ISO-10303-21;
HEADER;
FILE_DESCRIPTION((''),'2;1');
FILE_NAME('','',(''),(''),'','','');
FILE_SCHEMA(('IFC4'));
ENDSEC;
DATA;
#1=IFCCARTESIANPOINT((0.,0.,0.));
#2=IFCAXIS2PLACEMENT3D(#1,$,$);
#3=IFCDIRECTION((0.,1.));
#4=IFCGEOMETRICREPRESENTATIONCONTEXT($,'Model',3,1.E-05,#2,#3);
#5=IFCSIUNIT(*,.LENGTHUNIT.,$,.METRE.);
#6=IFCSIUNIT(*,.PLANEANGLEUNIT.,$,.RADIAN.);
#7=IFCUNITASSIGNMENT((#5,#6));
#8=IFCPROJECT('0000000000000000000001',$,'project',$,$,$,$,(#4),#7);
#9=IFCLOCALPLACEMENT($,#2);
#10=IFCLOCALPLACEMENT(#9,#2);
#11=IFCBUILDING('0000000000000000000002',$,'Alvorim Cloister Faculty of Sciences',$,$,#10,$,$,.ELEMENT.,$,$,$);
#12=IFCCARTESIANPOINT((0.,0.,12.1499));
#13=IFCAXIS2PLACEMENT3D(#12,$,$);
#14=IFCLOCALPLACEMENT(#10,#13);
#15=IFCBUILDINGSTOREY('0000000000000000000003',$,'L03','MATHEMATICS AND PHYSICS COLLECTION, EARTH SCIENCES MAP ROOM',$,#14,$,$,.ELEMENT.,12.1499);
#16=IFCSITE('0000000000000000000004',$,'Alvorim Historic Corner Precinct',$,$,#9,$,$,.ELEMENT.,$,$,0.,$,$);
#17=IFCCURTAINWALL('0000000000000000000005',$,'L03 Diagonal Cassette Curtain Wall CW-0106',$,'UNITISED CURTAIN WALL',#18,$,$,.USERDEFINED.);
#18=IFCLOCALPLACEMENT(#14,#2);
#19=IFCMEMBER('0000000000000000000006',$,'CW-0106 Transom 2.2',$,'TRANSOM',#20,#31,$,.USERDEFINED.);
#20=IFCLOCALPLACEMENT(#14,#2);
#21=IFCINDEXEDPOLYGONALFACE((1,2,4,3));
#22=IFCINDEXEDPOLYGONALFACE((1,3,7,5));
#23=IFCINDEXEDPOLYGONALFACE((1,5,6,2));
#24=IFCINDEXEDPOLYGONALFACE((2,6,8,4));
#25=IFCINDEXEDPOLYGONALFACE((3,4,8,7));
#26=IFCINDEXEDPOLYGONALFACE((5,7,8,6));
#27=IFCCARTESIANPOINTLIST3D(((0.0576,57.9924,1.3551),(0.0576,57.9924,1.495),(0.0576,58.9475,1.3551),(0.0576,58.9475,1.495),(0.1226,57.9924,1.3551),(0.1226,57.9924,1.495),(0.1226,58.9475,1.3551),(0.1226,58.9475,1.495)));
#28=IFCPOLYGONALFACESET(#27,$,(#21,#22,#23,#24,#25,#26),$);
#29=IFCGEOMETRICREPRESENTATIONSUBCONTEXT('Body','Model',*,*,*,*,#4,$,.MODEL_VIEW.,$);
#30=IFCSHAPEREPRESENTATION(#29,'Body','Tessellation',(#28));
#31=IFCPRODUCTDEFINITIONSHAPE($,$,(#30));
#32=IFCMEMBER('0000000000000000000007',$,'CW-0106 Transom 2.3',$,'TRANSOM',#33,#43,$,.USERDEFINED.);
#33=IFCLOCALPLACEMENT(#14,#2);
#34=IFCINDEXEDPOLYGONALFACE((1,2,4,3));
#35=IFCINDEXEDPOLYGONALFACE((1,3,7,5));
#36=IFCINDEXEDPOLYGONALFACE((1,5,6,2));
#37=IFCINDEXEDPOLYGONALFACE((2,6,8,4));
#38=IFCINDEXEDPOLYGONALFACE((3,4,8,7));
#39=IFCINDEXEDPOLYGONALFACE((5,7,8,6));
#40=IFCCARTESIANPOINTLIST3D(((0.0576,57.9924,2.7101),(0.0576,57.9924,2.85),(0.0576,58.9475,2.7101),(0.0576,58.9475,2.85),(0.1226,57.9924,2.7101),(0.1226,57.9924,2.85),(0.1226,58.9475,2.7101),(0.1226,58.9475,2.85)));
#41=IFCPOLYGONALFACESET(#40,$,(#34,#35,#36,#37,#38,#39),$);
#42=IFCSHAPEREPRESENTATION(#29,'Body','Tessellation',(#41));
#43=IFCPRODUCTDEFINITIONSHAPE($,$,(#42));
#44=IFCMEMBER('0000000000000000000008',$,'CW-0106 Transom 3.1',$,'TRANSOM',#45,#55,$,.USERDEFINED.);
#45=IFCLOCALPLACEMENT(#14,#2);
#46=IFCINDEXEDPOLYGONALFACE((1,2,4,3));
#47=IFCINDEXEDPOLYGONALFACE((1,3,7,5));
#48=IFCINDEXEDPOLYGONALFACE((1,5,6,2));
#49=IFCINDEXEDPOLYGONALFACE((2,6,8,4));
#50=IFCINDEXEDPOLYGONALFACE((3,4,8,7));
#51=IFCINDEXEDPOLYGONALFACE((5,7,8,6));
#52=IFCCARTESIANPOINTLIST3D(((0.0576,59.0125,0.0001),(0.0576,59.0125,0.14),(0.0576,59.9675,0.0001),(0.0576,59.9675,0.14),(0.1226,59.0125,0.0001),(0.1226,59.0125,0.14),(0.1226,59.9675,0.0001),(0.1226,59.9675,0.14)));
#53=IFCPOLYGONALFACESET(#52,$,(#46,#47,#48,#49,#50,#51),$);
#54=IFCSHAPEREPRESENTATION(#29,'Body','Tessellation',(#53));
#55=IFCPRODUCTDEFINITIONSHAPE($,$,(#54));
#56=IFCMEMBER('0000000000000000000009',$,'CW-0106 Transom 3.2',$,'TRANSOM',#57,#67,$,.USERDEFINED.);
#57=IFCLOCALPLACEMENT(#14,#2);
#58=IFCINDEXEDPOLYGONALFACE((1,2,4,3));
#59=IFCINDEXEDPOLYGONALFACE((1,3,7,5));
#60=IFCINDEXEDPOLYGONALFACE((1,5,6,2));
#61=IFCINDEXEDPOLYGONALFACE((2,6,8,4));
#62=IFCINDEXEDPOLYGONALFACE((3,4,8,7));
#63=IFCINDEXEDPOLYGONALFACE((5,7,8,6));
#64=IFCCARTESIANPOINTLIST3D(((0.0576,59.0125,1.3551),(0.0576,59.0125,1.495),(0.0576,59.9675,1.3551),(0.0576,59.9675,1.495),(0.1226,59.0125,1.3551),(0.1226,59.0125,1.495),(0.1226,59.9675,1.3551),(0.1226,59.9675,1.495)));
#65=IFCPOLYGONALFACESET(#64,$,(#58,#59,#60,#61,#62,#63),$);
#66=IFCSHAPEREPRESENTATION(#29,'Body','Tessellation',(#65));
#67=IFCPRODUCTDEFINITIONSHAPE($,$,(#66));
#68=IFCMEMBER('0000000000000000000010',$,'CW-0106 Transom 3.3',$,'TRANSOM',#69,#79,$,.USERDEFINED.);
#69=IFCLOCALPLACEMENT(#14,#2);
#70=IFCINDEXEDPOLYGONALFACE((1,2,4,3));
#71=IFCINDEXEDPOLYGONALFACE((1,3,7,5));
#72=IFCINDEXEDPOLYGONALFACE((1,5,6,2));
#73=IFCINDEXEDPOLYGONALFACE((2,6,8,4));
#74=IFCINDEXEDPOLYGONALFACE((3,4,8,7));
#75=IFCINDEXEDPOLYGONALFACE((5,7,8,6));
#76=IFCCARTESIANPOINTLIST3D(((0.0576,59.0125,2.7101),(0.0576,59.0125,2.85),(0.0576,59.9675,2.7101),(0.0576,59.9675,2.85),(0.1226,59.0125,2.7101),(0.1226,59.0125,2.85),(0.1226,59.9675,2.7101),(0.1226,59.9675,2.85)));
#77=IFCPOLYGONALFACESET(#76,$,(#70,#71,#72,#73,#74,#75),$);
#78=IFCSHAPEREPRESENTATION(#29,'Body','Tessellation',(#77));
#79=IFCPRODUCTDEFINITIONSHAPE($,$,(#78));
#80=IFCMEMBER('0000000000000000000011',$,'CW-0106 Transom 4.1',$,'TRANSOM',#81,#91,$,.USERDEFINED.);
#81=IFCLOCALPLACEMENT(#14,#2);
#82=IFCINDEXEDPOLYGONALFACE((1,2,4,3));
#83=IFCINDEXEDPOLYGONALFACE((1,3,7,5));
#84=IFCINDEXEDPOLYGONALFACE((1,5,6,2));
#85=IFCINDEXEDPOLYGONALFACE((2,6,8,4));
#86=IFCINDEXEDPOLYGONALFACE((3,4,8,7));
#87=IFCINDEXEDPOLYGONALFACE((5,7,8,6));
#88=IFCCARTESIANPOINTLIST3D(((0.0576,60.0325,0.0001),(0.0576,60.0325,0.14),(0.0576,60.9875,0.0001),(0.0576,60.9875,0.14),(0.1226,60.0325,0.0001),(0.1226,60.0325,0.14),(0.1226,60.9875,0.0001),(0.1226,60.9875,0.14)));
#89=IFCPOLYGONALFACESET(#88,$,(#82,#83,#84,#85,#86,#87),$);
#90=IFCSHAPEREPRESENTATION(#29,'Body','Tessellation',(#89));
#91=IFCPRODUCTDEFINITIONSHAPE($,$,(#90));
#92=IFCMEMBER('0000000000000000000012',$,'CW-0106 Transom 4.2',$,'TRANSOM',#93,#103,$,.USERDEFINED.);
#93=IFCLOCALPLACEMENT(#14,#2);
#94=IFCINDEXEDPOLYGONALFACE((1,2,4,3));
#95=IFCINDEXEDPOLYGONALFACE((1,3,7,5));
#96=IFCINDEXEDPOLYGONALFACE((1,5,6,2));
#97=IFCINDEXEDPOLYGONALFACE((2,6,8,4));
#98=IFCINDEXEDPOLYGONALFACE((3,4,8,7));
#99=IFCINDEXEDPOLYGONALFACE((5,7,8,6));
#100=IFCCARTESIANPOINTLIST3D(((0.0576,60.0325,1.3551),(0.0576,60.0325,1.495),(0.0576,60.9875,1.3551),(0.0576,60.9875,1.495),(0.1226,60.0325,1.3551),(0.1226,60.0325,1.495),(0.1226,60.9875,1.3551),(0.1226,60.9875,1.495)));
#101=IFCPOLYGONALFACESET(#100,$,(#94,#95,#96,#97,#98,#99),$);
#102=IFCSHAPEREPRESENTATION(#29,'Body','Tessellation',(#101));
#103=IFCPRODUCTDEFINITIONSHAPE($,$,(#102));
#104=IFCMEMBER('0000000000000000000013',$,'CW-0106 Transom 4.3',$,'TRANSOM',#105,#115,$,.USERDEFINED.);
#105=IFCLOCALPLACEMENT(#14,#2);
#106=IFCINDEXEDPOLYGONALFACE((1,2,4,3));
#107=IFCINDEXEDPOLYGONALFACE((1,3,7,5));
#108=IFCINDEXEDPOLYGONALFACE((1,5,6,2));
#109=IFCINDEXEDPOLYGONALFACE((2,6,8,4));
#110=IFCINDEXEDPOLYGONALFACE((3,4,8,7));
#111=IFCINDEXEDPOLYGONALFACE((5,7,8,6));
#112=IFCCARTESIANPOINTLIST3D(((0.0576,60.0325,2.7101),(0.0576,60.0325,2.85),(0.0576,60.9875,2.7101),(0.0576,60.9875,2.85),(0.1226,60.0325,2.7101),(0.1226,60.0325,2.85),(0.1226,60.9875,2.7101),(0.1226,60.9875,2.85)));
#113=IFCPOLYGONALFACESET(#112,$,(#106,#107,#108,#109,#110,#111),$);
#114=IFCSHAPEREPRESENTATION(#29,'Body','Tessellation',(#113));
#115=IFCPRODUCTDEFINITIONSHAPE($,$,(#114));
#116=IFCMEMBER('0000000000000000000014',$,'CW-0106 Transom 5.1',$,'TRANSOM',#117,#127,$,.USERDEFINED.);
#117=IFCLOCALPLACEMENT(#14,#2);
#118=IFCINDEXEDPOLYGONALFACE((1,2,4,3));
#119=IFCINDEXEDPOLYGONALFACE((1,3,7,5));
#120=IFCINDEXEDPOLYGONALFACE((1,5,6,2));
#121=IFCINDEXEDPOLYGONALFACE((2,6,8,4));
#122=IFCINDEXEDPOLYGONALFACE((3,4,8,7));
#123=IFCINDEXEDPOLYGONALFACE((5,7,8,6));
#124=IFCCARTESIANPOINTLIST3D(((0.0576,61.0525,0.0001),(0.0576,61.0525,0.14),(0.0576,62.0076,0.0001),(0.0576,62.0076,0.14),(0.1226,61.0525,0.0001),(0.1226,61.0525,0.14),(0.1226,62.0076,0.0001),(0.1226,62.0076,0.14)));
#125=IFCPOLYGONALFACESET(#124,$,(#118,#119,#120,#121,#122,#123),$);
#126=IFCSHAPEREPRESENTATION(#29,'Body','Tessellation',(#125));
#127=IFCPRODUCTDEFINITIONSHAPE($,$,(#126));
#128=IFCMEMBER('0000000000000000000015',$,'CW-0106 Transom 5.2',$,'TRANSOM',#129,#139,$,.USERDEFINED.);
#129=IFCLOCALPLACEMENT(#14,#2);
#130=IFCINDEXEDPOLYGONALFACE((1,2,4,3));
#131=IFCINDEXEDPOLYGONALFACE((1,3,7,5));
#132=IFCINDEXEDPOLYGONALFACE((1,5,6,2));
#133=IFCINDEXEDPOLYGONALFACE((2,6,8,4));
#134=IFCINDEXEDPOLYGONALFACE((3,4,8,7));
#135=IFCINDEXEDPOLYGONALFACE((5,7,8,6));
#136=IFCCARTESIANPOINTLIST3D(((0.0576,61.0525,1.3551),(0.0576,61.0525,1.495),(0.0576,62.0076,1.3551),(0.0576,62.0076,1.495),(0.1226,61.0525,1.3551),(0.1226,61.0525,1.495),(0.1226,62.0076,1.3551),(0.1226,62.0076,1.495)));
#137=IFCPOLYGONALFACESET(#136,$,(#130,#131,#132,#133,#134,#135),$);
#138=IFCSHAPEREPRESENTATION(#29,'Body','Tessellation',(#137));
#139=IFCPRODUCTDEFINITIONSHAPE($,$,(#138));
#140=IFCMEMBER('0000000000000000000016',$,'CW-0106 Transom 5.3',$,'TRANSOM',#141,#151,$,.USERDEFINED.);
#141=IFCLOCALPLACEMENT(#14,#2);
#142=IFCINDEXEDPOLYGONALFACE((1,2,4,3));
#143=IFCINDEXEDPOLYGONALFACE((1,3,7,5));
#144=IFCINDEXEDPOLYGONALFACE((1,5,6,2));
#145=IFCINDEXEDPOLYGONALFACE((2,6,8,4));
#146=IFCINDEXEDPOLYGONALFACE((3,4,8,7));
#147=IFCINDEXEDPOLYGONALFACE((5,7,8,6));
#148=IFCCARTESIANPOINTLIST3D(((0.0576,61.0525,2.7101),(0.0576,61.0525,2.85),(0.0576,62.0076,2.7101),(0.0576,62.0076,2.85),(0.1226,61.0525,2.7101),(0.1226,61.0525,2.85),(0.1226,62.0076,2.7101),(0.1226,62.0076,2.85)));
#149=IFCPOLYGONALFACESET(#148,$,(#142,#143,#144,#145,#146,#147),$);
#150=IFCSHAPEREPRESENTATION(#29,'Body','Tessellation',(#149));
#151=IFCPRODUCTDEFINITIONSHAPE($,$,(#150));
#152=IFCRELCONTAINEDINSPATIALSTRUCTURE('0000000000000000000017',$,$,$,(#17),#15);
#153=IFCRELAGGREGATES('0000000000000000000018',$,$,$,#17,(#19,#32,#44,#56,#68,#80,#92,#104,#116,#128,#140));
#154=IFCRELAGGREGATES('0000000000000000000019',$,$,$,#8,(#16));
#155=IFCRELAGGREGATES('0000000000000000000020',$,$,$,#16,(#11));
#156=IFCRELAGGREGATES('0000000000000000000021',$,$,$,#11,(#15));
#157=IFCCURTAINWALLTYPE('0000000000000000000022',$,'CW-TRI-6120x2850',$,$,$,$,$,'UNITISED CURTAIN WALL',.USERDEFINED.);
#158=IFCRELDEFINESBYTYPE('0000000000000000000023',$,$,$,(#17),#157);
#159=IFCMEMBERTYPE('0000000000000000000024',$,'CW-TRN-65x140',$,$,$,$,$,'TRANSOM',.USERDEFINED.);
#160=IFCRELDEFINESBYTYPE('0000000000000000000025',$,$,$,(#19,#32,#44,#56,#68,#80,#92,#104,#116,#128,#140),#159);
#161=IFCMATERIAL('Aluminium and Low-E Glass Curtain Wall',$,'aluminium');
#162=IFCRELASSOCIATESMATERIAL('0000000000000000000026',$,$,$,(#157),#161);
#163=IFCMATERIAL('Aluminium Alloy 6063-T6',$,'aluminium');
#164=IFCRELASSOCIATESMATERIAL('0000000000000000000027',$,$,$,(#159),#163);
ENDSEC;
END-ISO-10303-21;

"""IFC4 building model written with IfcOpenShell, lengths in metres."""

from ifc_helpers import new_model, si_unit, direction, frame, origin, origin_2d, place, context, subcontext, project, spatial, rectangle, extrude, material, material_profile, profile_set, type_object, element, aggregate, save


model = new_model("IFC4")

# Units and contexts
model_context = context("Model", 3, precision=1e-05, world=origin(), true_north=direction((0.0, 1.0)))
body_context = subcontext(model_context, "Body", "Model", "MODEL_VIEW")
ifc_project = project(units=[si_unit("LENGTHUNIT", "METRE"), si_unit("PLANEANGLEUNIT", "RADIAN")], contexts=[model_context])

# Site, building, storey
site_placement = place(None, origin())
site = spatial("IfcSite", under=ifc_project, at=site_placement, Name="Alvorim Historic Corner Precinct", CompositionType="ELEMENT", RefElevation=0.0)
building_placement = place(site_placement, origin())
building = spatial("IfcBuilding", under=site, at=building_placement, Name="Alvorim Cloister Faculty of Sciences", CompositionType="ELEMENT")
storey_placement = place(building_placement, frame((0.0, 0.0, 12.1499)))
storey = spatial("IfcBuildingStorey", under=building, at=storey_placement, Name="L03", Description="MATHEMATICS AND PHYSICS COLLECTION, EARTH SCIENCES MAP ROOM", CompositionType="ELEMENT", Elevation=12.1499)

# Curtain wall
ifc_material_1 = material(Name="Aluminium and Low-E Glass Curtain Wall", Category="aluminium")
ifc_material_2 = material(Name="Aluminium Alloy 6063-T6", Category="aluminium")
curtain_wall_type_1 = type_object("IfcCurtainWallType", Name="CW-TRI-6120x2850", ElementType="UNITISED CURTAIN WALL", PredefinedType="USERDEFINED", material=ifc_material_1)
curtain_wall_1_placement = place(storey_placement, origin())
curtain_wall_1 = element("IfcCurtainWall", 1, at=curtain_wall_1_placement, inside=storey, type_object=curtain_wall_type_1, Name="L03 Diagonal Cassette Curtain Wall CW-0106", ObjectType="UNITISED CURTAIN WALL", PredefinedType="USERDEFINED")

# Members
ifc_material_profile_1 = material_profile(ifc_material_2, rectangle(XDim=0.0649, YDim=0.1399, at=origin_2d()), Name="ALU-TRN-65x140")
ifc_profile_set_1 = profile_set([ifc_material_profile_1], Name="Aluminium Alloy 6063-T6")
member_type_1 = type_object("IfcMemberType", Name="CW-TRN-65x140", ElementType="TRANSOM", PredefinedType="USERDEFINED", material=ifc_profile_set_1)
member_1_placement = place(storey_placement, frame((0.0901, 57.9924, 1.425), z_axis=(0.0, 1.0, 0.0), x_axis=(-1.0, 0.0, 0.0)))
member_1 = element("IfcMember", 2, at=member_1_placement, type_object=member_type_1, Name="CW-0106 Transom 2.2", ObjectType="TRANSOM", PredefinedType="USERDEFINED", context=body_context, shape_type="SweptSolid", body=[
    extrude(rectangle(XDim=0.0649, YDim=0.1399, at=origin_2d()), origin(), (0.0, 0.0, 1.0), 0.9551),
])
member_2_placement = place(storey_placement, frame((0.0901, 57.9924, 2.78), z_axis=(0.0, 1.0, 0.0), x_axis=(-1.0, 0.0, 0.0)))
member_2 = element("IfcMember", 3, at=member_2_placement, type_object=member_type_1, Name="CW-0106 Transom 2.3", ObjectType="TRANSOM", PredefinedType="USERDEFINED", context=body_context, shape_type="SweptSolid", body=[
    extrude(rectangle(XDim=0.0649, YDim=0.1399, at=origin_2d()), origin(), (0.0, 0.0, 1.0), 0.9551),
])
member_3_placement = place(storey_placement, frame((0.0901, 59.0125, 0.0701), z_axis=(0.0, 1.0, 0.0), x_axis=(-1.0, 0.0, 0.0)))
member_3 = element("IfcMember", 4, at=member_3_placement, type_object=member_type_1, Name="CW-0106 Transom 3.1", ObjectType="TRANSOM", PredefinedType="USERDEFINED", context=body_context, shape_type="SweptSolid", body=[
    extrude(rectangle(XDim=0.0649, YDim=0.1399, at=origin_2d()), origin(), (0.0, 0.0, 1.0), 0.9551),
])
member_4_placement = place(storey_placement, frame((0.0901, 59.0125, 1.425), z_axis=(0.0, 1.0, 0.0), x_axis=(-1.0, 0.0, 0.0)))
member_4 = element("IfcMember", 5, at=member_4_placement, type_object=member_type_1, Name="CW-0106 Transom 3.2", ObjectType="TRANSOM", PredefinedType="USERDEFINED", context=body_context, shape_type="SweptSolid", body=[
    extrude(rectangle(XDim=0.0649, YDim=0.1399, at=origin_2d()), origin(), (0.0, 0.0, 1.0), 0.9551),
])
member_5_placement = place(storey_placement, frame((0.0901, 59.0125, 2.78), z_axis=(0.0, 1.0, 0.0), x_axis=(-1.0, 0.0, 0.0)))
member_5 = element("IfcMember", 6, at=member_5_placement, type_object=member_type_1, Name="CW-0106 Transom 3.3", ObjectType="TRANSOM", PredefinedType="USERDEFINED", context=body_context, shape_type="SweptSolid", body=[
    extrude(rectangle(XDim=0.0649, YDim=0.1399, at=origin_2d()), origin(), (0.0, 0.0, 1.0), 0.9551),
])
member_6_placement = place(storey_placement, frame((0.0901, 60.0325, 0.0701), z_axis=(0.0, 1.0, 0.0), x_axis=(-1.0, 0.0, 0.0)))
member_6 = element("IfcMember", 7, at=member_6_placement, type_object=member_type_1, Name="CW-0106 Transom 4.1", ObjectType="TRANSOM", PredefinedType="USERDEFINED", context=body_context, shape_type="SweptSolid", body=[
    extrude(rectangle(XDim=0.0649, YDim=0.1399, at=origin_2d()), origin(), (0.0, 0.0, 1.0), 0.9551),
])
member_7_placement = place(storey_placement, frame((0.0901, 60.0325, 1.425), z_axis=(0.0, 1.0, 0.0), x_axis=(-1.0, 0.0, 0.0)))
member_7 = element("IfcMember", 8, at=member_7_placement, type_object=member_type_1, Name="CW-0106 Transom 4.2", ObjectType="TRANSOM", PredefinedType="USERDEFINED", context=body_context, shape_type="SweptSolid", body=[
    extrude(rectangle(XDim=0.0649, YDim=0.1399, at=origin_2d()), origin(), (0.0, 0.0, 1.0), 0.9551),
])
member_8_placement = place(storey_placement, frame((0.0901, 60.0325, 2.78), z_axis=(0.0, 1.0, 0.0), x_axis=(-1.0, 0.0, 0.0)))
member_8 = element("IfcMember", 9, at=member_8_placement, type_object=member_type_1, Name="CW-0106 Transom 4.3", ObjectType="TRANSOM", PredefinedType="USERDEFINED", context=body_context, shape_type="SweptSolid", body=[
    extrude(rectangle(XDim=0.0649, YDim=0.1399, at=origin_2d()), origin(), (0.0, 0.0, 1.0), 0.9551),
])
member_9_placement = place(storey_placement, frame((0.0901, 61.0525, 0.0701), z_axis=(0.0, 1.0, 0.0), x_axis=(-1.0, 0.0, 0.0)))
member_9 = element("IfcMember", 10, at=member_9_placement, type_object=member_type_1, Name="CW-0106 Transom 5.1", ObjectType="TRANSOM", PredefinedType="USERDEFINED", context=body_context, shape_type="SweptSolid", body=[
    extrude(rectangle(XDim=0.0649, YDim=0.1399, at=origin_2d()), origin(), (0.0, 0.0, 1.0), 0.9551),
])
member_10_placement = place(storey_placement, frame((0.0901, 61.0525, 1.425), z_axis=(0.0, 1.0, 0.0), x_axis=(-1.0, 0.0, 0.0)))
member_10 = element("IfcMember", 11, at=member_10_placement, type_object=member_type_1, Name="CW-0106 Transom 5.2", ObjectType="TRANSOM", PredefinedType="USERDEFINED", context=body_context, shape_type="SweptSolid", body=[
    extrude(rectangle(XDim=0.0649, YDim=0.1399, at=origin_2d()), origin(), (0.0, 0.0, 1.0), 0.9551),
])
member_11_placement = place(storey_placement, frame((0.0901, 61.0525, 2.78), z_axis=(0.0, 1.0, 0.0), x_axis=(-1.0, 0.0, 0.0)))
member_11 = element("IfcMember", 12, at=member_11_placement, type_object=member_type_1, Name="CW-0106 Transom 5.3", ObjectType="TRANSOM", PredefinedType="USERDEFINED", context=body_context, shape_type="SweptSolid", body=[
    extrude(rectangle(XDim=0.0649, YDim=0.1399, at=origin_2d()), origin(), (0.0, 0.0, 1.0), 0.9551),
])
aggregate(curtain_wall_1, [member_1, member_2, member_3, member_4, member_5, member_6, member_7, member_8, member_9, member_10, member_11])

save(model, "model.ifc")
